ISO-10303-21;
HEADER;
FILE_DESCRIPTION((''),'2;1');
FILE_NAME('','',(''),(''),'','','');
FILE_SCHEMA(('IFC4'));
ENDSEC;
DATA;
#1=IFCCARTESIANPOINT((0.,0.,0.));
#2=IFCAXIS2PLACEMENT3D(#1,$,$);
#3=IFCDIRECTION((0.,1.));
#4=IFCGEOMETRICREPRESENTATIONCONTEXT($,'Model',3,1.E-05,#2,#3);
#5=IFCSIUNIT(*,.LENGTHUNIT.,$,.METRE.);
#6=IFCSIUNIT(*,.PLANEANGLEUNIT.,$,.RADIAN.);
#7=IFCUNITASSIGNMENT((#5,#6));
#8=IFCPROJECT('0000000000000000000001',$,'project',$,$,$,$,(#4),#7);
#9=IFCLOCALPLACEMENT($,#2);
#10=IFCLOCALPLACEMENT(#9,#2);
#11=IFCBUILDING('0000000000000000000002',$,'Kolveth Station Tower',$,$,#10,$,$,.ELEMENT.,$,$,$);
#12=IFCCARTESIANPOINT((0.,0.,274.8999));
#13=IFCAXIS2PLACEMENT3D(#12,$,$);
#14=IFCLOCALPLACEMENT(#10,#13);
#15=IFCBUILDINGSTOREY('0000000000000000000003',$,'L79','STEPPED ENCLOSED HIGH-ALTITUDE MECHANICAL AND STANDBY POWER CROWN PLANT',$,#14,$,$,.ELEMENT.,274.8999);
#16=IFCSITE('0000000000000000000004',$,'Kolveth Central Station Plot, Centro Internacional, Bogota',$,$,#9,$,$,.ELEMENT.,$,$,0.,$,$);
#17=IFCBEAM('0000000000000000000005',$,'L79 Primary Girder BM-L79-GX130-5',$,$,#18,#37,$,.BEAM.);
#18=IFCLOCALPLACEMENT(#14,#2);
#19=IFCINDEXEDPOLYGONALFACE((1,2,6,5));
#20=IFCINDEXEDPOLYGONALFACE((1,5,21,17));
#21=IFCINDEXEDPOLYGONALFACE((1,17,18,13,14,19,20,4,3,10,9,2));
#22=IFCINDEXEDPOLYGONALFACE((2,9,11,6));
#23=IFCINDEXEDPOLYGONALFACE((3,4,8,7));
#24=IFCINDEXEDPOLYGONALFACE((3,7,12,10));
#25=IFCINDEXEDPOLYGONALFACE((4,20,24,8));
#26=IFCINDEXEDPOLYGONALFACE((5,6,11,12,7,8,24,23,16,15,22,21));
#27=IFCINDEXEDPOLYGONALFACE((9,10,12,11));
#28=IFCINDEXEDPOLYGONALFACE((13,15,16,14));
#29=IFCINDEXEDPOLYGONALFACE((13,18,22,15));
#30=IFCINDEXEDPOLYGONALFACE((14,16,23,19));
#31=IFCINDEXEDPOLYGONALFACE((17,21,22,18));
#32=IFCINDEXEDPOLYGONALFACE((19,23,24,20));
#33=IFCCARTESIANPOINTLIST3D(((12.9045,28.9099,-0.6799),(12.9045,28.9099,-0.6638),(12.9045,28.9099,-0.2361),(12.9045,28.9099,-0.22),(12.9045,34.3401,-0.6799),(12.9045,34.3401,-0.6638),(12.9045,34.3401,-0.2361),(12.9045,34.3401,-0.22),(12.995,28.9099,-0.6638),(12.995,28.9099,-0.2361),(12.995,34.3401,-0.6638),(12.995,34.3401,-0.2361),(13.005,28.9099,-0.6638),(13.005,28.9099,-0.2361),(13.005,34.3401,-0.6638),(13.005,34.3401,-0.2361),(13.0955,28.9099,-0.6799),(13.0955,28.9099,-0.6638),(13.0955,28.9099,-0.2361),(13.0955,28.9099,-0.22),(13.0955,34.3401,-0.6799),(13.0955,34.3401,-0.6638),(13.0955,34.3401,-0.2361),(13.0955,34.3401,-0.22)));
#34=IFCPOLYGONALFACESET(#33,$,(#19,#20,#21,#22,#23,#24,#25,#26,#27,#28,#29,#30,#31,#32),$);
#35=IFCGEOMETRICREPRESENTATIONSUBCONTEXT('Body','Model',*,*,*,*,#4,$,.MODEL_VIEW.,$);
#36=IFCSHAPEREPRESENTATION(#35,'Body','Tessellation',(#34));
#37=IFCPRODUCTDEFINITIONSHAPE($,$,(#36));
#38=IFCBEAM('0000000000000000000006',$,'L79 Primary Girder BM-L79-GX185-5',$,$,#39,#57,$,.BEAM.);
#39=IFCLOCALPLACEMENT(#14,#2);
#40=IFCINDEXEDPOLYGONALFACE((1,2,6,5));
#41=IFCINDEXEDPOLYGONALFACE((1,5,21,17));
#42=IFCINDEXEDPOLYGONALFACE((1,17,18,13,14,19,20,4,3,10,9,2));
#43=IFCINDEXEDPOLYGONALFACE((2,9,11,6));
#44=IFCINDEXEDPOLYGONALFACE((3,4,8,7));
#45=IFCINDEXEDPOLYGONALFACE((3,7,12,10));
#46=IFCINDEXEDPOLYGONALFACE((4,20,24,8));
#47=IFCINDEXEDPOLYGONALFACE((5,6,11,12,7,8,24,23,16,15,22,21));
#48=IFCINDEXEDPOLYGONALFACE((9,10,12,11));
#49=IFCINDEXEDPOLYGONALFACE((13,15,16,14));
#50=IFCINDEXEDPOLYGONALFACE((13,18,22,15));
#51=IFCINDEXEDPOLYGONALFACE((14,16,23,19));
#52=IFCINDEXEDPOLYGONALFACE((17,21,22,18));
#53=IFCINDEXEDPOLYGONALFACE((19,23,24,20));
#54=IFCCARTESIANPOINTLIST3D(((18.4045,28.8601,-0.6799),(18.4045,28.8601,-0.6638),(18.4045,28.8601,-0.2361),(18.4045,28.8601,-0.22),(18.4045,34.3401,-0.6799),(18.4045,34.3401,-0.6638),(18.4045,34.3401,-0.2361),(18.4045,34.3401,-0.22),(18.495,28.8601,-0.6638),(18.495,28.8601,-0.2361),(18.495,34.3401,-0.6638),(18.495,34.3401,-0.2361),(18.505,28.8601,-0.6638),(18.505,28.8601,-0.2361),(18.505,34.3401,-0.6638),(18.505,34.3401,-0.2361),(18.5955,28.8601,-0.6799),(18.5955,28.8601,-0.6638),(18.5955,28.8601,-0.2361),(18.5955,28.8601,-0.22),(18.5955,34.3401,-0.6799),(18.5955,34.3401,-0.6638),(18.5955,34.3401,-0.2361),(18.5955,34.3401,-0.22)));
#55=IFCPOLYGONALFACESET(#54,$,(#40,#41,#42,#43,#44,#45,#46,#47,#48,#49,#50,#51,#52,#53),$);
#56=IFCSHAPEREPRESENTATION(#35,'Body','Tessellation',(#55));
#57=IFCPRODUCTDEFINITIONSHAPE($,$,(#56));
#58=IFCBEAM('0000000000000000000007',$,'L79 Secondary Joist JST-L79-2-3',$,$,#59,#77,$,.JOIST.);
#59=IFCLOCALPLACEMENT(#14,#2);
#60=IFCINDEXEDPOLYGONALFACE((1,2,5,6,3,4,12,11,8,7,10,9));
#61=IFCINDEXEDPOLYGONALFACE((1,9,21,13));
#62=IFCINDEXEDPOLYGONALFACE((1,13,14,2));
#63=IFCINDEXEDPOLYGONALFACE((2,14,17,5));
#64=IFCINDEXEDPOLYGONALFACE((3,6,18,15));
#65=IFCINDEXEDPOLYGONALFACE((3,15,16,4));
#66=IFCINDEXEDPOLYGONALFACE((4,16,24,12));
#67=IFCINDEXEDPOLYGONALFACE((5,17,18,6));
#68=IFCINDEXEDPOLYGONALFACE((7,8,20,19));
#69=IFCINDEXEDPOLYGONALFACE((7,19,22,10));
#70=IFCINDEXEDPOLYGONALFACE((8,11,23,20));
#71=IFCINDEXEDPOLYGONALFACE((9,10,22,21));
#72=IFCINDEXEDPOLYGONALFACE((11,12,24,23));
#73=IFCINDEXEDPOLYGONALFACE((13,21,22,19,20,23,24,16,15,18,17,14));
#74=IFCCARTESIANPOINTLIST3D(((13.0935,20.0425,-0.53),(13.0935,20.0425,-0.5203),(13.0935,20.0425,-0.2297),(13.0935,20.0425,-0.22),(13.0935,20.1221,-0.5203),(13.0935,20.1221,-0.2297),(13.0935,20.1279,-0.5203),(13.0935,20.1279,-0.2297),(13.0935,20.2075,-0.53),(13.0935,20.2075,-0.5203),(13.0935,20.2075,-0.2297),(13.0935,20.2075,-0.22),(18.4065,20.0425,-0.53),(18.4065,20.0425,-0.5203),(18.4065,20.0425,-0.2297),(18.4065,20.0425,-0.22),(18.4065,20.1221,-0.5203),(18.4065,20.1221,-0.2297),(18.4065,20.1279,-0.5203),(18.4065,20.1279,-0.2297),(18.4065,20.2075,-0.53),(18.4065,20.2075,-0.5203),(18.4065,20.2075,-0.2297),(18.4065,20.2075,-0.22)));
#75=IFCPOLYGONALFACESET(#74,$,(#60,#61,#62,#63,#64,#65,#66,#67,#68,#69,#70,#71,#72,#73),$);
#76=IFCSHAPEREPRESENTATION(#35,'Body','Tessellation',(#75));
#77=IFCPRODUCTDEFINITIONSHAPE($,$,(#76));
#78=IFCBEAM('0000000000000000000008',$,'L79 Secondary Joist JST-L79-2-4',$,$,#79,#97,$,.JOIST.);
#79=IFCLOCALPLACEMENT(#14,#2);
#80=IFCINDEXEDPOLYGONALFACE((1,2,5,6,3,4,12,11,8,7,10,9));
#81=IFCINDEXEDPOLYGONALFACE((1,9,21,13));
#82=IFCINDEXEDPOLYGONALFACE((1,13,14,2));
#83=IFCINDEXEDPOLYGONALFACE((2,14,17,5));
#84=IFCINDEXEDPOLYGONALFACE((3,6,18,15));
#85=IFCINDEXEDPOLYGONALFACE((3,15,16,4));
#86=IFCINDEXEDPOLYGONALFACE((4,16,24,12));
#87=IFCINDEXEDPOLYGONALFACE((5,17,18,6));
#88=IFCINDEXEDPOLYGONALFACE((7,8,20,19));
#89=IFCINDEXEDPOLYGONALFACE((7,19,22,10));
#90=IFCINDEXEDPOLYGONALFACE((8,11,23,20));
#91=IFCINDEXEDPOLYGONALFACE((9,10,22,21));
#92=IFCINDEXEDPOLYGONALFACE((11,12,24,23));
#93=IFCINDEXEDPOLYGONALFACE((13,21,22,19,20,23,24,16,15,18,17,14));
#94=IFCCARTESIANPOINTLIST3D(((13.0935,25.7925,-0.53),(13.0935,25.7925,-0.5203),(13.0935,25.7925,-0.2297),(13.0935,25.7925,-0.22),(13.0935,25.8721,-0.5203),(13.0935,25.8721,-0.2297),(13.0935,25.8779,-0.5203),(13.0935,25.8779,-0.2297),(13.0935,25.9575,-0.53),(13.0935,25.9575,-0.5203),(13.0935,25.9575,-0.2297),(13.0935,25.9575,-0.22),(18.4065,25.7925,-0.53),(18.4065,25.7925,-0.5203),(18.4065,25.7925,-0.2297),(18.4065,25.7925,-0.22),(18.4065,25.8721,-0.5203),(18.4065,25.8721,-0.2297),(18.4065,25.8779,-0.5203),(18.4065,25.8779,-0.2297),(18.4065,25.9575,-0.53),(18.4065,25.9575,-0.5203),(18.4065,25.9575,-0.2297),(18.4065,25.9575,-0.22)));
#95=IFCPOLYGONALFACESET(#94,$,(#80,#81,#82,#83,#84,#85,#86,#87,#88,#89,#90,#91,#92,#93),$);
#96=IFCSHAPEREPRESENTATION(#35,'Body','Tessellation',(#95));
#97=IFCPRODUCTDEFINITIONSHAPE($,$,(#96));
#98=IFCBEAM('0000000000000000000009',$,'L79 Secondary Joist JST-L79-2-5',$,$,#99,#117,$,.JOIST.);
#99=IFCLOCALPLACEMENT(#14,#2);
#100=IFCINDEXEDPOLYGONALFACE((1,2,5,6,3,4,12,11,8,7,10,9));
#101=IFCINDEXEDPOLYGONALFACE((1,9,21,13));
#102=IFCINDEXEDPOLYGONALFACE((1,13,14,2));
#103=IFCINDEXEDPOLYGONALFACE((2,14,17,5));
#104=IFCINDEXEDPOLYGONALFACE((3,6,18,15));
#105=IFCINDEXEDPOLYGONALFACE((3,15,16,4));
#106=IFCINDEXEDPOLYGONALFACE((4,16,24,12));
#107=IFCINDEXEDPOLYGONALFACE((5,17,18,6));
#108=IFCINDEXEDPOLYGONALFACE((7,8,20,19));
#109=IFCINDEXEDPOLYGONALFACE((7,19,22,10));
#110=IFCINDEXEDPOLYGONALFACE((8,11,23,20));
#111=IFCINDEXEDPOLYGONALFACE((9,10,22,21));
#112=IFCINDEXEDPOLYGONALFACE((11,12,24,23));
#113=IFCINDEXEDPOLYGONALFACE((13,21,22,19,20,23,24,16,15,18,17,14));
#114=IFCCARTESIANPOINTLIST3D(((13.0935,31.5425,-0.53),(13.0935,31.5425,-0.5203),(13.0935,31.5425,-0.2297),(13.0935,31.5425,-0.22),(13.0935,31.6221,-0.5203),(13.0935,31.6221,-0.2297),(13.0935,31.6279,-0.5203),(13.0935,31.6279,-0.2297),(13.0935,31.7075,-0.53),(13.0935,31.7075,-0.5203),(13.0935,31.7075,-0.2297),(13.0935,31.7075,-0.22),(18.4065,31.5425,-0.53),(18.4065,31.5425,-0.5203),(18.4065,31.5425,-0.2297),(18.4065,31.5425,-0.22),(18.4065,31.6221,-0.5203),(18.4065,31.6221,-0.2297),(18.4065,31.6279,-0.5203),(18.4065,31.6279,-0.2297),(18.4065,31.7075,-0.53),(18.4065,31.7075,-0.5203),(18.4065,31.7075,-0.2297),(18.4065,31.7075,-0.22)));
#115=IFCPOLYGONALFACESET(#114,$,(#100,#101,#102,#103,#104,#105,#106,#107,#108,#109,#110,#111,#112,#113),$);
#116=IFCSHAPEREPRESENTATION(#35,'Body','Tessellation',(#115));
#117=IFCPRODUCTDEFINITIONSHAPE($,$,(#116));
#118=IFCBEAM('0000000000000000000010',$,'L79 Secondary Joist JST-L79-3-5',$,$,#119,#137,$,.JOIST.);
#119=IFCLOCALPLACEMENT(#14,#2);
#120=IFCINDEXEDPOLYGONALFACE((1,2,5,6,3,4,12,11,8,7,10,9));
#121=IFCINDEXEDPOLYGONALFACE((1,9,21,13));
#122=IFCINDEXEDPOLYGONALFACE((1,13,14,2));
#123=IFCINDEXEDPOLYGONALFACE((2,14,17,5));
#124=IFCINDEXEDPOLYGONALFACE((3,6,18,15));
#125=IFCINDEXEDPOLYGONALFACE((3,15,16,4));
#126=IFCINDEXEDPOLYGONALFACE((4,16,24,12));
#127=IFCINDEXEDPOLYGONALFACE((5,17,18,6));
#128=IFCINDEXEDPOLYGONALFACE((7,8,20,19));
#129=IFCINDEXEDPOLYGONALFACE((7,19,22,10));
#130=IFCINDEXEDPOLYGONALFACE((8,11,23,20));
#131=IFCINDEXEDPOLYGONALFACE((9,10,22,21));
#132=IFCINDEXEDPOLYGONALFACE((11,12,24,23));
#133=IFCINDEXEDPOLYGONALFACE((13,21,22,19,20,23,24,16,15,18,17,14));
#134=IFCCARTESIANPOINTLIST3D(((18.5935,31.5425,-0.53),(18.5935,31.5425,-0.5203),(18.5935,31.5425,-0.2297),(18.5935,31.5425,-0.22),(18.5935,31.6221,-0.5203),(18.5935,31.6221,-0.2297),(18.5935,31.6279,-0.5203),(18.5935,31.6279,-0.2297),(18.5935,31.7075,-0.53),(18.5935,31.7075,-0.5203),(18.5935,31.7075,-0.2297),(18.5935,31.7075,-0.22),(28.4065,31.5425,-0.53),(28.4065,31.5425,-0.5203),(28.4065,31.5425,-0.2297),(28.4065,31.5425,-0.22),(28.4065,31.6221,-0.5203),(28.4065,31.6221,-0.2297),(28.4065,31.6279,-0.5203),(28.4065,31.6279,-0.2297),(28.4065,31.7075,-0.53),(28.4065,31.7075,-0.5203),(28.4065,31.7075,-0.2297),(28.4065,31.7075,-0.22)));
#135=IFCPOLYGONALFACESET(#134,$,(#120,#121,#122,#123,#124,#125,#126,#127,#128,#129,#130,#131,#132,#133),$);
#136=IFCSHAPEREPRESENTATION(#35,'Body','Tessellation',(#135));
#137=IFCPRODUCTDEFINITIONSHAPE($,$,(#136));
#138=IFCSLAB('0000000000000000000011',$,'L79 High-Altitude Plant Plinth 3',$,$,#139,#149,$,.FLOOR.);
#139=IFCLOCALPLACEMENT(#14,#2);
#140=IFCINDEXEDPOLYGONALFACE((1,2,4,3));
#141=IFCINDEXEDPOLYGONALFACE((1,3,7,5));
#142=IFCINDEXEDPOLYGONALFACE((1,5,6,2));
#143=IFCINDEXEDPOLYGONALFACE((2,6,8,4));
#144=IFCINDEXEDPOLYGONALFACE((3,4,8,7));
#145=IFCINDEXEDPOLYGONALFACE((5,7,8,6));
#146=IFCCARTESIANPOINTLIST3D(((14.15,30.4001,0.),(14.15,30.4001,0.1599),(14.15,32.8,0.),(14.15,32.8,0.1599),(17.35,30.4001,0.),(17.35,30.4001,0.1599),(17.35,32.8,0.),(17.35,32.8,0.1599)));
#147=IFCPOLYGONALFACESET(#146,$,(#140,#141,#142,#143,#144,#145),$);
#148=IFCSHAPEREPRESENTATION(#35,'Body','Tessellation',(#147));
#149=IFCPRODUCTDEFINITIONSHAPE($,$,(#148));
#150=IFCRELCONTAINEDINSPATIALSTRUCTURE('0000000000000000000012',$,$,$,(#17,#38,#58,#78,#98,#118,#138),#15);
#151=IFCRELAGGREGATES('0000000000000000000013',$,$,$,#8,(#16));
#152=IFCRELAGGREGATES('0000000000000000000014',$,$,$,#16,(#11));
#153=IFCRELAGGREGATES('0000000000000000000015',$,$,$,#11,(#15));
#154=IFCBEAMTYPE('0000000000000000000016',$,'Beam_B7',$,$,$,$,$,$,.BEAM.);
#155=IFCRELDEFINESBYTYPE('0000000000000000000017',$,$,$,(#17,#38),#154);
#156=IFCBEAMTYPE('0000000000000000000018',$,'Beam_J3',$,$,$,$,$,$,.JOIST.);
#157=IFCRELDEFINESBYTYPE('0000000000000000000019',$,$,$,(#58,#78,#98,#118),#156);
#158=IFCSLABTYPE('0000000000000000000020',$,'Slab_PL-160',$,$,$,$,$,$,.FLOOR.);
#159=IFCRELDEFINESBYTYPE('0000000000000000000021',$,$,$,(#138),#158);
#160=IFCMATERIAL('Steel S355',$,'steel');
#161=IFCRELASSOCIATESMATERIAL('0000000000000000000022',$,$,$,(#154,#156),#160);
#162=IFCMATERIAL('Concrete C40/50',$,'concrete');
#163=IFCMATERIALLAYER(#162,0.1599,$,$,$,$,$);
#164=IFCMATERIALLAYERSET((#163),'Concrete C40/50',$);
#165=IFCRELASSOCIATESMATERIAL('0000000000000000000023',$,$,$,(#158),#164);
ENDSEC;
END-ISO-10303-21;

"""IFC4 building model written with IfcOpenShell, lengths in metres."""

from ifc_helpers import new_model, si_unit, direction, frame, origin, origin_2d, place, context, subcontext, project, spatial, rectangle, i_section, extrude, source, transform, mapped, material, layer, layer_set, material_profile, profile_set, type_object, element, save


model = new_model("IFC4")

# Units and contexts
model_context = context("Model", 3, precision=1e-05, world=origin(), true_north=direction((0.0, 1.0)))
body_context = subcontext(model_context, "Body", "Model", "MODEL_VIEW")
ifc_project = project(units=[si_unit("LENGTHUNIT", "METRE"), si_unit("PLANEANGLEUNIT", "RADIAN")], contexts=[model_context])

# Site, building, storey
site_placement = place(None, origin())
site = spatial("IfcSite", under=ifc_project, at=site_placement, Name="Kolveth Central Station Plot, Centro Internacional, Bogota", CompositionType="ELEMENT", RefElevation=0.0)
building_placement = place(site_placement, origin())
building = spatial("IfcBuilding", under=site, at=building_placement, Name="Kolveth Station Tower", CompositionType="ELEMENT")
storey_placement = place(building_placement, frame((0.0, 0.0, 274.8999)))
storey = spatial("IfcBuildingStorey", under=building, at=storey_placement, Name="L79", Description="STEPPED ENCLOSED HIGH-ALTITUDE MECHANICAL AND STANDBY POWER CROWN PLANT", CompositionType="ELEMENT", Elevation=274.8999)

# Shared definitions
ifc_material_1 = material(Name="Steel S355", Category="steel")

# Beams
ifc_material_profile_1 = material_profile(ifc_material_1, i_section(OverallWidth=0.1909, OverallDepth=0.46, WebThickness=0.01, FlangeThickness=0.0161, at=origin_2d()), Name="W460x82")
ifc_profile_set_1 = profile_set([ifc_material_profile_1], Name="Steel S355")
beam_type_1 = type_object("IfcBeamType", Name="Beam_B7", PredefinedType="BEAM", material=ifc_profile_set_1)
shared_shape_1 = source(origin(), body_context, "Body", "SweptSolid", [
    extrude(i_section(OverallWidth=0.1909, OverallDepth=0.46, WebThickness=0.01, FlangeThickness=0.0161, at=origin_2d()), origin(), (0.0, 0.0, 1.0), 5.4302),
])
beam_1_placement = place(storey_placement, frame((13.0, 28.9099, -0.45), z_axis=(0.0, 1.0, 0.0), x_axis=(-1.0, 0.0, 0.0)))
element("IfcBeam", 1, at=beam_1_placement, inside=storey, type_object=beam_type_1, Name="L79 Primary Girder BM-L79-GX130-5", PredefinedType="BEAM", context=body_context, shape_type="MappedRepresentation", body=[
    mapped(shared_shape_1, transform((0.0, 0.0, 0.0), x_axis=(1.0, 0.0, 0.0), y_axis=(0.0, 1.0, 0.0), z_axis=(0.0, 0.0, 1.0), scale=1.0)),
])
shared_shape_2 = source(origin(), body_context, "Body", "SweptSolid", [
    extrude(i_section(OverallWidth=0.1909, OverallDepth=0.46, WebThickness=0.01, FlangeThickness=0.0161, at=origin_2d()), origin(), (0.0, 0.0, 1.0), 5.48),
])
beam_2_placement = place(storey_placement, frame((18.5, 28.8601, -0.45), z_axis=(0.0, 1.0, 0.0), x_axis=(-1.0, 0.0, 0.0)))
element("IfcBeam", 2, at=beam_2_placement, inside=storey, type_object=beam_type_1, Name="L79 Primary Girder BM-L79-GX185-5", PredefinedType="BEAM", context=body_context, shape_type="MappedRepresentation", body=[
    mapped(shared_shape_2, transform((0.0, 0.0, 0.0), x_axis=(1.0, 0.0, 0.0), y_axis=(0.0, 1.0, 0.0), z_axis=(0.0, 0.0, 1.0), scale=1.0)),
])
ifc_material_profile_2 = material_profile(ifc_material_1, i_section(OverallWidth=0.165, OverallDepth=0.3101, WebThickness=0.0059, FlangeThickness=0.0098, at=origin_2d()), Name="W310x39")
ifc_profile_set_2 = profile_set([ifc_material_profile_2], Name="Steel S355")
beam_type_2 = type_object("IfcBeamType", Name="Beam_J3", PredefinedType="JOIST", material=ifc_profile_set_2)
shared_shape_3 = source(origin(), body_context, "Body", "SweptSolid", [
    extrude(i_section(OverallWidth=0.165, OverallDepth=0.3101, WebThickness=0.0059, FlangeThickness=0.0098, at=origin_2d()), origin(), (0.0, 0.0, 1.0), 5.313),
])
for number, where, z_axis, x_axis, name in (
    (3, (13.0935, 20.125, -0.375), (1.0, 0.0, 0.0), (0.0, 1.0, 0.0), "L79 Secondary Joist JST-L79-2-3"),
    (4, (13.0935, 25.875, -0.375), (1.0, 0.0, 0.0), (0.0, 1.0, 0.0), "L79 Secondary Joist JST-L79-2-4"),
    (5, (13.0935, 31.625, -0.375), (1.0, 0.0, 0.0), (0.0, 1.0, 0.0), "L79 Secondary Joist JST-L79-2-5"),
):
    element("IfcBeam", number, at=place(storey_placement, frame(where, z_axis=z_axis, x_axis=x_axis)), inside=storey, type_object=beam_type_2, Name=name, PredefinedType="JOIST", context=body_context, shape_type="MappedRepresentation", body=[
        mapped(shared_shape_3, transform((0.0, 0.0, 0.0), x_axis=(1.0, 0.0, 0.0), y_axis=(0.0, 1.0, 0.0), z_axis=(0.0, 0.0, 1.0), scale=1.0)),
    ])
shared_shape_4 = source(origin(), body_context, "Body", "SweptSolid", [
    extrude(i_section(OverallWidth=0.165, OverallDepth=0.3101, WebThickness=0.0059, FlangeThickness=0.0098, at=origin_2d()), origin(), (0.0, 0.0, 1.0), 9.813),
])
beam_3_placement = place(storey_placement, frame((18.5935, 31.625, -0.375), z_axis=(1.0, 0.0, 0.0), x_axis=(0.0, 1.0, 0.0)))
element("IfcBeam", 6, at=beam_3_placement, inside=storey, type_object=beam_type_2, Name="L79 Secondary Joist JST-L79-3-5", PredefinedType="JOIST", context=body_context, shape_type="MappedRepresentation", body=[
    mapped(shared_shape_4, transform((0.0, 0.0, 0.0), x_axis=(1.0, 0.0, 0.0), y_axis=(0.0, 1.0, 0.0), z_axis=(0.0, 0.0, 1.0), scale=1.0)),
])

# Slab
ifc_material_2 = material(Name="Concrete C40/50", Category="concrete")
ifc_layer_1 = layer(ifc_material_2, 0.1599)
ifc_layer_set_1 = layer_set([ifc_layer_1], Name="Concrete C40/50")
slab_type = type_object("IfcSlabType", Name="Slab_PL-160", PredefinedType="FLOOR", material=ifc_layer_set_1)
shared_shape_5 = source(origin(), body_context, "Body", "SweptSolid", [
    extrude(rectangle(XDim=3.2, YDim=2.3999, at=origin_2d()), origin(), (0.0, 0.0, 1.0), 0.1599),
])
slab_placement = place(storey_placement, frame((15.75, 31.6001, 0.0), z_axis=(0.0, 0.0, 1.0), x_axis=(1.0, 0.0, 0.0)))
element("IfcSlab", 7, at=slab_placement, inside=storey, type_object=slab_type, Name="L79 High-Altitude Plant Plinth 3", PredefinedType="FLOOR", context=body_context, shape_type="MappedRepresentation", body=[
    mapped(shared_shape_5, transform((0.0, 0.0, 0.0), x_axis=(1.0, 0.0, 0.0), y_axis=(0.0, 1.0, 0.0), z_axis=(0.0, 0.0, 1.0), scale=1.0)),
])

save(model, "model.ifc")
